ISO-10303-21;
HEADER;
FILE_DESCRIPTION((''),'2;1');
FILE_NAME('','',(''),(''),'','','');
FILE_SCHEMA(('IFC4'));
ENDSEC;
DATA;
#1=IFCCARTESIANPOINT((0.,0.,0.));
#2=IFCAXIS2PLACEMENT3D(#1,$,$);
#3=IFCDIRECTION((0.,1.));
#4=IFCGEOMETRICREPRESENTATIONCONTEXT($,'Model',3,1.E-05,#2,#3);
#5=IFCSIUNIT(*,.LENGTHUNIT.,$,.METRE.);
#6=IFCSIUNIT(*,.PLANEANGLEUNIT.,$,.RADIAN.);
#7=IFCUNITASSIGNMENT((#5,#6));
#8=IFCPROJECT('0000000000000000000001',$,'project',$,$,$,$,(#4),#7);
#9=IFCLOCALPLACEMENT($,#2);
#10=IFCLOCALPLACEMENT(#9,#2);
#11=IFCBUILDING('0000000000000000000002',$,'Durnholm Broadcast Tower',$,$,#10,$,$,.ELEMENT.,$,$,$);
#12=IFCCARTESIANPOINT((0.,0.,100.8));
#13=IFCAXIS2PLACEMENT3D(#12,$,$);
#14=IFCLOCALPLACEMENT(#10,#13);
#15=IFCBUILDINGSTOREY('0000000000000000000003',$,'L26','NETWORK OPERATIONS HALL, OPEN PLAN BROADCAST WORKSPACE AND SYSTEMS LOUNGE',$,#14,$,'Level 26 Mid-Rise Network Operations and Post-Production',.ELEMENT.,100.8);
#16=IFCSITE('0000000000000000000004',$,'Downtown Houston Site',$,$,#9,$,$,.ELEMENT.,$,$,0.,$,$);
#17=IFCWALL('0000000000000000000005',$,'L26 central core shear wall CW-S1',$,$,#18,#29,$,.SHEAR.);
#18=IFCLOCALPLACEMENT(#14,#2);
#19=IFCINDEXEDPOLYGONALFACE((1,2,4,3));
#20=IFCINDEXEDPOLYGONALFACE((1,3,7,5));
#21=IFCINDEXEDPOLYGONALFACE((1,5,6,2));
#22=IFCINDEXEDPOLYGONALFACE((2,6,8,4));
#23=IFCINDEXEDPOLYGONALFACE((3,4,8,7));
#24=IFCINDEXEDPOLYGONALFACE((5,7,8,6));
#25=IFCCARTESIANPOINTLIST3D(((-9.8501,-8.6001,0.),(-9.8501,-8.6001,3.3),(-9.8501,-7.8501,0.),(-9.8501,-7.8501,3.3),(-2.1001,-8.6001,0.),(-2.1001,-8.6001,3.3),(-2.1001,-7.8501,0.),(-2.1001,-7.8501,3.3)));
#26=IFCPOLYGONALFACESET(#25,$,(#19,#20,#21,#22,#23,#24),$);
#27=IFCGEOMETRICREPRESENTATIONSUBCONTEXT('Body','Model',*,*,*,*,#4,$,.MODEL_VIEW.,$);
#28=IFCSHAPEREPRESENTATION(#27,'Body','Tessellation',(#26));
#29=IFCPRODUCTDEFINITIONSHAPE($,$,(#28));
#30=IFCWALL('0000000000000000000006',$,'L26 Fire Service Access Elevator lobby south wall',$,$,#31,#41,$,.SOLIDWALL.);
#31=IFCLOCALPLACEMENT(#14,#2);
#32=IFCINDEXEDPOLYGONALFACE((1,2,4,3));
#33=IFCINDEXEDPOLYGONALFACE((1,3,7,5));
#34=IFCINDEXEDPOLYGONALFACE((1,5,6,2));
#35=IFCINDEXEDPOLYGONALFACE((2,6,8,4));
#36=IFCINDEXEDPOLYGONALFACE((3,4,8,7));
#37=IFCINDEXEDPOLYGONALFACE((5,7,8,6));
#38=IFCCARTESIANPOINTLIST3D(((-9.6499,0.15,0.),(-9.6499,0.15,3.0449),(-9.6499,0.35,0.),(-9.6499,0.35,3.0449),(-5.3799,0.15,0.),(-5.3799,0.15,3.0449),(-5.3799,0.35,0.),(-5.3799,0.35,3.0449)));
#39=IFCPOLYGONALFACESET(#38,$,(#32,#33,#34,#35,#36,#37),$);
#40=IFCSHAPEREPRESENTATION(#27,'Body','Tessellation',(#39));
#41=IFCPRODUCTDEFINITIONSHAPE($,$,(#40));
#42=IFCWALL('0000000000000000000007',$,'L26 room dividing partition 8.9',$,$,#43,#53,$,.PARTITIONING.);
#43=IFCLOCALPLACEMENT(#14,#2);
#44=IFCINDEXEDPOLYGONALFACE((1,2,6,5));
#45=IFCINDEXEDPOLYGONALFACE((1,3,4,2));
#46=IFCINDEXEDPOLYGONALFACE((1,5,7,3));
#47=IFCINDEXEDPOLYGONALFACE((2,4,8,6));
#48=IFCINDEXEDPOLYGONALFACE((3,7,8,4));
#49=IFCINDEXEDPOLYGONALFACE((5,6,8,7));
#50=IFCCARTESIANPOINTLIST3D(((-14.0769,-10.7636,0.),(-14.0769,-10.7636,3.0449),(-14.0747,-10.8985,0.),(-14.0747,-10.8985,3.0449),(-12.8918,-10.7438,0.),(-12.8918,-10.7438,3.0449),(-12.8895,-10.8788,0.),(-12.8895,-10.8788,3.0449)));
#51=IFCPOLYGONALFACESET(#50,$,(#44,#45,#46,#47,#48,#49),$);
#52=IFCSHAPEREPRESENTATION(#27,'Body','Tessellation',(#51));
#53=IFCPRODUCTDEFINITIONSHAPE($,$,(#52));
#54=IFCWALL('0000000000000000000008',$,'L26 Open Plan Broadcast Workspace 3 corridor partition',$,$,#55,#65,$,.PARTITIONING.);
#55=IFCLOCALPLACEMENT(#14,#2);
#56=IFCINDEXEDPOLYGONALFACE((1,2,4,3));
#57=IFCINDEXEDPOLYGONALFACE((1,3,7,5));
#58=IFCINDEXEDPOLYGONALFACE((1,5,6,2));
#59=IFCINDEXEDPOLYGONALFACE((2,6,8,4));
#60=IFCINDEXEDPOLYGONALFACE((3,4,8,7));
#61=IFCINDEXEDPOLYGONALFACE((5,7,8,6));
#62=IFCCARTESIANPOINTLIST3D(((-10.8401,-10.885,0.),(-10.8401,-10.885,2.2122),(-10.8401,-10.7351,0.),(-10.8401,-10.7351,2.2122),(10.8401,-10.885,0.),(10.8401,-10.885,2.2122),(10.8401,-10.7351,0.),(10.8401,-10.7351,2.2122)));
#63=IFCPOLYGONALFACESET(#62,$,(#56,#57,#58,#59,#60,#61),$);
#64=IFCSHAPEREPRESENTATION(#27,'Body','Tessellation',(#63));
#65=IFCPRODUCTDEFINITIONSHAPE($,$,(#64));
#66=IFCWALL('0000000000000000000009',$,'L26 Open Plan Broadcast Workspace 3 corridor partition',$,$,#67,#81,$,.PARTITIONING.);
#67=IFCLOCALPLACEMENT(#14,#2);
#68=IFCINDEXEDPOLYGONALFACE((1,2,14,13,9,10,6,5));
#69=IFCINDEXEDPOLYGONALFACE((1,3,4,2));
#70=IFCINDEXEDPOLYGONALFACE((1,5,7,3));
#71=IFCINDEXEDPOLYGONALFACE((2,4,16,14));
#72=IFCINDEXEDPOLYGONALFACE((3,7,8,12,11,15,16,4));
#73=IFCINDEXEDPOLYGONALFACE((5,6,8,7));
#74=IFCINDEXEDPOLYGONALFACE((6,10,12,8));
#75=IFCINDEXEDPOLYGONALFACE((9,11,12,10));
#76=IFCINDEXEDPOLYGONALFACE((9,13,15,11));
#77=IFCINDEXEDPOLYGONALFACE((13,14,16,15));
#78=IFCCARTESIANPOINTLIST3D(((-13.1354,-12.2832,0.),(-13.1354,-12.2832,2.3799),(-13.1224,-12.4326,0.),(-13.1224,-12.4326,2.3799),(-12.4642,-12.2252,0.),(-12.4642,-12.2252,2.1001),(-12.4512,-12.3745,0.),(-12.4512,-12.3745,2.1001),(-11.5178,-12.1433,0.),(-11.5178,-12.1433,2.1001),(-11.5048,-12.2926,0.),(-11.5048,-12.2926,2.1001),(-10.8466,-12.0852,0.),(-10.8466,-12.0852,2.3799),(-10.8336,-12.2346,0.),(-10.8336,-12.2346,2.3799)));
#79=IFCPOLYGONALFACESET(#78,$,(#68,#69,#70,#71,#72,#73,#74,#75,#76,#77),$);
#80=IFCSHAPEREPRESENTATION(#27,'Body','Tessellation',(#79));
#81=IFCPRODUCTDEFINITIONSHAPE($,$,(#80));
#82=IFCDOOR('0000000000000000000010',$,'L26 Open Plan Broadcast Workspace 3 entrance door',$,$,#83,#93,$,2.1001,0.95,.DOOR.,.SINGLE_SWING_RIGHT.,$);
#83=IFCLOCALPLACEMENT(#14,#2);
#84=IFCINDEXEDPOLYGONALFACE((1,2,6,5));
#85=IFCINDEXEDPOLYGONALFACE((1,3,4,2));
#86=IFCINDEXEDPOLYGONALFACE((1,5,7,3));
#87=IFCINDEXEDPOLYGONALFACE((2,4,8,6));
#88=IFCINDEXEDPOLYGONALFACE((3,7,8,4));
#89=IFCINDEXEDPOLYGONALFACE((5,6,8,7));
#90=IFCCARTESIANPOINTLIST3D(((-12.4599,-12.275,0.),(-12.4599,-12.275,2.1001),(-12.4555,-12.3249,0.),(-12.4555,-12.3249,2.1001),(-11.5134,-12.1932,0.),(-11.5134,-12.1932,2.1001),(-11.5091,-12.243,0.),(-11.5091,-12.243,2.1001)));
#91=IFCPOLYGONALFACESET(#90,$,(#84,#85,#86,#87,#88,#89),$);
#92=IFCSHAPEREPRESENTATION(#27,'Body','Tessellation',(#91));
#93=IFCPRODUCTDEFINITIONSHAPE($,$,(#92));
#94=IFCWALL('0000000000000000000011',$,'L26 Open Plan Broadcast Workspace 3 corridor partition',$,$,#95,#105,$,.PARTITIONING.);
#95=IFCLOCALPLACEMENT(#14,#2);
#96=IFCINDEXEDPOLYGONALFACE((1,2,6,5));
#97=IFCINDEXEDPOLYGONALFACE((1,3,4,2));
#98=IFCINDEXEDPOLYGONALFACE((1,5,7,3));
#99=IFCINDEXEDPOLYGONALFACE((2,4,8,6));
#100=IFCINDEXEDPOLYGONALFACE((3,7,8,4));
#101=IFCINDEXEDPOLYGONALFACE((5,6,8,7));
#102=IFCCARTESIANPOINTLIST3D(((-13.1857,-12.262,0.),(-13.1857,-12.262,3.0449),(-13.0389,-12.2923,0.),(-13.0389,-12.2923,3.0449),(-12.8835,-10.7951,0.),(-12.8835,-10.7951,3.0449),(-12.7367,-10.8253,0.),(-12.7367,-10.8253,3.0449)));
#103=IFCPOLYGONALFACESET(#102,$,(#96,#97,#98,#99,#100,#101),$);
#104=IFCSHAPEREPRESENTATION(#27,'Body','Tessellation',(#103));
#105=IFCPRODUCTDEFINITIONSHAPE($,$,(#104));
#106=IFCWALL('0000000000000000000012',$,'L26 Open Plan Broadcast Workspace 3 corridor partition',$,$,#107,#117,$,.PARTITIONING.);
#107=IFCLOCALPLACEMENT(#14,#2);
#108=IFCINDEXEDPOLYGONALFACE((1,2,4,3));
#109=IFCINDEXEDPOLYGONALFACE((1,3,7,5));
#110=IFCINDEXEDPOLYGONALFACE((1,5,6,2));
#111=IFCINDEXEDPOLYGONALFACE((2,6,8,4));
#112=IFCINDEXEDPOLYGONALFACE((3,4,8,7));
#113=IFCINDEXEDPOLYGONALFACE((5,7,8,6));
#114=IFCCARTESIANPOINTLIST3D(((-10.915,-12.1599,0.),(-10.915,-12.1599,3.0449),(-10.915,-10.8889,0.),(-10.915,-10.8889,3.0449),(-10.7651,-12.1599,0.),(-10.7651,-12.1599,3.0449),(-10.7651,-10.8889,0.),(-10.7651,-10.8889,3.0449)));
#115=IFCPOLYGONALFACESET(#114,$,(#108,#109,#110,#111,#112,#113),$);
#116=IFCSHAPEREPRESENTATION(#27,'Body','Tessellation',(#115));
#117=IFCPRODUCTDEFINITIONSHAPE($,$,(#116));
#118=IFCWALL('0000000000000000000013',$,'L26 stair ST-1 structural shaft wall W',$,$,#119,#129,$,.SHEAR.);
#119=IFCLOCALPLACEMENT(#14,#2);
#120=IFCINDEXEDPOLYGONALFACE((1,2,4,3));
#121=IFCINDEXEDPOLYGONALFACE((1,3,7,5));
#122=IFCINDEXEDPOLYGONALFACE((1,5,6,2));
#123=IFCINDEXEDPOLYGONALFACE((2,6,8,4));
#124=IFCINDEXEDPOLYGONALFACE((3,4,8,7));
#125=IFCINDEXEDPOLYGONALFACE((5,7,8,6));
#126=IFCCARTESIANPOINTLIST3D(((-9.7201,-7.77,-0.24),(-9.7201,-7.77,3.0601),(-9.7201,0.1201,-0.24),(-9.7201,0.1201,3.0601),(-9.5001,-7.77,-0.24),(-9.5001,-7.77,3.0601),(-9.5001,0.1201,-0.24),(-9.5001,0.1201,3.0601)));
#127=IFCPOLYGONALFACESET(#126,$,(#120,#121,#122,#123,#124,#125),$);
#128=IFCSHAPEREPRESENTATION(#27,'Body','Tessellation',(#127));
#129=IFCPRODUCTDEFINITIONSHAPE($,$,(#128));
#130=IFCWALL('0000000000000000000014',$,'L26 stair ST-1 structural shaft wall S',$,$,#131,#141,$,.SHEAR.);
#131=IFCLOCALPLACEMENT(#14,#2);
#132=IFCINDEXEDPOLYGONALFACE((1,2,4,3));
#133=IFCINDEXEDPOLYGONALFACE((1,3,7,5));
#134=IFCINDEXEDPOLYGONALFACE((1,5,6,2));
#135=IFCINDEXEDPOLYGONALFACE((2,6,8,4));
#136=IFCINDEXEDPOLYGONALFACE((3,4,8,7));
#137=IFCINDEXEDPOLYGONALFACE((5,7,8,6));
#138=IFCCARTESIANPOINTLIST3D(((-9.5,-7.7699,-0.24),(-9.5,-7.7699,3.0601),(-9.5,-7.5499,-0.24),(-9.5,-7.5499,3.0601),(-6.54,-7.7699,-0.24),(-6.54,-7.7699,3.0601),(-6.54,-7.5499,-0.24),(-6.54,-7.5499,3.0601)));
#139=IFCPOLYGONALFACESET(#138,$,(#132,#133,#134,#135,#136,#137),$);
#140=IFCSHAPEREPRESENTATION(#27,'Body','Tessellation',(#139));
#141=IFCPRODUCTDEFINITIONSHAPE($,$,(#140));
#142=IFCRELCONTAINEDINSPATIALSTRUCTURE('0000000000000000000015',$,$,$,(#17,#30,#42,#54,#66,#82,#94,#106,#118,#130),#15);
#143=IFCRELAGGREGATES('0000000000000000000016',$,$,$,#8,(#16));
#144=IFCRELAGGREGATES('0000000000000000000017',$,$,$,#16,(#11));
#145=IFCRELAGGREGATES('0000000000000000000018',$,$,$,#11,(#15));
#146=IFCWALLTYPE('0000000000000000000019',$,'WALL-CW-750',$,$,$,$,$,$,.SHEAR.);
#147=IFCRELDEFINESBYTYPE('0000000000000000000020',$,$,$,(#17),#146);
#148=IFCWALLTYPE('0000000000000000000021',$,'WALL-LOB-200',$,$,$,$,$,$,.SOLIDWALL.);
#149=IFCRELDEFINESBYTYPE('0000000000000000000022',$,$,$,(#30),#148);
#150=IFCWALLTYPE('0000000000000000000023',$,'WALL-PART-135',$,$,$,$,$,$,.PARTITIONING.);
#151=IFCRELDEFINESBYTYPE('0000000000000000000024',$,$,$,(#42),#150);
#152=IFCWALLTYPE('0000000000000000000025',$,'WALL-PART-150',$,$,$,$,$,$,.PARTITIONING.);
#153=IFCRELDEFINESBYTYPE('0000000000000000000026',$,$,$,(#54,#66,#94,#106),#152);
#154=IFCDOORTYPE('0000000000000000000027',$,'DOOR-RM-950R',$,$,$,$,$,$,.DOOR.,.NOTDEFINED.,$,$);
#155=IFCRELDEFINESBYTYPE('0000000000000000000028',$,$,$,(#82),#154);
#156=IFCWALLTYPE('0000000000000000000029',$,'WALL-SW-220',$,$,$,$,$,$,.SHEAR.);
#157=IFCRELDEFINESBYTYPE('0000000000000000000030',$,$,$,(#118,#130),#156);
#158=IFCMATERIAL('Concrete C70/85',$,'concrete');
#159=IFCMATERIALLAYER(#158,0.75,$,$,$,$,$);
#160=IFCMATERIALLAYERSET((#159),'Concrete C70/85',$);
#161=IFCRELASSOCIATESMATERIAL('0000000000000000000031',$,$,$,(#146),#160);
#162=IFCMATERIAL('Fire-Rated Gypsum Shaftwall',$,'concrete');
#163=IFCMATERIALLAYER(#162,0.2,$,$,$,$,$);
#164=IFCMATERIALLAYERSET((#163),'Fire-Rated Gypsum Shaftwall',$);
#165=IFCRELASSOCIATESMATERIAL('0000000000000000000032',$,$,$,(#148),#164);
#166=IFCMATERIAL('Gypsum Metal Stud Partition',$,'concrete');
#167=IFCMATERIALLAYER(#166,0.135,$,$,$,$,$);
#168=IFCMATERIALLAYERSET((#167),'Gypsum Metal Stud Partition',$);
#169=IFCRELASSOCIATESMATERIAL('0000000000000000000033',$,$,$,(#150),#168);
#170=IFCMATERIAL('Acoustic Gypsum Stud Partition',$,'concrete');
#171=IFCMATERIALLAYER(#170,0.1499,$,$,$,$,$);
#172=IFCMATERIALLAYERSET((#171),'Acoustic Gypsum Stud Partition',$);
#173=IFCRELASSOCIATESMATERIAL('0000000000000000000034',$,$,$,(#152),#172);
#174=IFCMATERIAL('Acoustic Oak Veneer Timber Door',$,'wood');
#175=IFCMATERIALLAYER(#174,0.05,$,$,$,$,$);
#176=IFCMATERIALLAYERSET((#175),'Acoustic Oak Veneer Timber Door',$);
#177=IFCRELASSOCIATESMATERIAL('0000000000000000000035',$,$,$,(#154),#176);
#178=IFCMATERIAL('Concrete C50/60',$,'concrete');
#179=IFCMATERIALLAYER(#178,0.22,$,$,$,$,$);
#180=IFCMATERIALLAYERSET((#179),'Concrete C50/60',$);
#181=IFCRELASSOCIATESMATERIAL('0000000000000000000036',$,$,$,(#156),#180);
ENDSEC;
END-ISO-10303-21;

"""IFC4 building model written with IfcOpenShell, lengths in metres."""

from ifc_helpers import new_model, si_unit, direction, frame, frame_2d, origin, place, context, subcontext, project, spatial, rectangle, extrude, source, transform, mapped, material, layer, layer_set, type_object, type_shapes, element, fill, save


model = new_model("IFC4")

# Units and contexts
model_context = context("Model", 3, precision=1e-05, world=origin(), true_north=direction((0.0, 1.0)))
body_context = subcontext(model_context, "Body", "Model", "MODEL_VIEW")
ifc_project = project(units=[si_unit("LENGTHUNIT", "METRE"), si_unit("PLANEANGLEUNIT", "RADIAN")], contexts=[model_context])

# Site, building, storey
site_placement = place(None, origin())
site = spatial("IfcSite", under=ifc_project, at=site_placement, Name="Downtown Houston Site", CompositionType="ELEMENT", RefElevation=0.0)
building_placement = place(site_placement, origin())
building = spatial("IfcBuilding", under=site, at=building_placement, Name="Durnholm Broadcast Tower", CompositionType="ELEMENT")
storey_placement = place(building_placement, frame((0.0, 0.0, 100.8)))
storey = spatial("IfcBuildingStorey", under=building, at=storey_placement, Name="L26", Description="NETWORK OPERATIONS HALL, OPEN PLAN BROADCAST WORKSPACE AND SYSTEMS LOUNGE", LongName="Level 26 Mid-Rise Network Operations and Post-Production", CompositionType="ELEMENT", Elevation=100.8)

# Shared definitions
ifc_material_1 = material(Name="Concrete C70/85", Category="concrete")

# Walls
ifc_layer_1 = layer(ifc_material_1, 0.75)
ifc_layer_set_1 = layer_set([ifc_layer_1], Name="Concrete C70/85")
wall_type_1 = type_object("IfcWallType", Name="WALL-CW-750", PredefinedType="SHEAR", material=ifc_layer_set_1)
wall_1_placement = place(storey_placement, frame((-9.8501, -8.2251, 0.0), z_axis=(0.0, 0.0, 1.0), x_axis=(1.0, 0.0, 0.0)))
element("IfcWall", 1, at=wall_1_placement, inside=storey, type_object=wall_type_1, Name="L26 central core shear wall CW-S1", PredefinedType="SHEAR", context=body_context, shape_type="SweptSolid", body=[
    extrude(rectangle(XDim=7.75, YDim=0.75, at=frame_2d((3.875, 0.0))), origin(), (0.0, 0.0, 1.0), 3.3),
])
ifc_material_2 = material(Name="Fire-Rated Gypsum Shaftwall", Category="concrete")
ifc_layer_2 = layer(ifc_material_2, 0.2)
ifc_layer_set_2 = layer_set([ifc_layer_2], Name="Fire-Rated Gypsum Shaftwall")
wall_type_2 = type_object("IfcWallType", Name="WALL-LOB-200", PredefinedType="SOLIDWALL", material=ifc_layer_set_2)
wall_2_placement = place(storey_placement, frame((-9.6499, 0.25, 0.0), z_axis=(0.0, 0.0, 1.0), x_axis=(1.0, 0.0, 0.0)))
element("IfcWall", 2, at=wall_2_placement, inside=storey, type_object=wall_type_2, Name="L26 Fire Service Access Elevator lobby south wall", PredefinedType="SOLIDWALL", context=body_context, shape_type="SweptSolid", body=[
    extrude(rectangle(XDim=4.27, YDim=0.2, at=frame_2d((2.135, 0.0))), origin(), (0.0, 0.0, 1.0), 3.0449),
])
ifc_material_3 = material(Name="Gypsum Metal Stud Partition", Category="concrete")
ifc_layer_3 = layer(ifc_material_3, 0.135)
ifc_layer_set_3 = layer_set([ifc_layer_3], Name="Gypsum Metal Stud Partition")
wall_type_3 = type_object("IfcWallType", Name="WALL-PART-135", PredefinedType="PARTITIONING", material=ifc_layer_set_3)
wall_3_placement = place(storey_placement, frame((-14.0759, -10.8311, 0.0), z_axis=(0.0, 0.0, 1.0), x_axis=(0.999861, 0.016685, 0.0)))
element("IfcWall", 3, at=wall_3_placement, inside=storey, type_object=wall_type_3, Name="L26 room dividing partition 8.9", PredefinedType="PARTITIONING", context=body_context, shape_type="SweptSolid", body=[
    extrude(rectangle(XDim=1.1853, YDim=0.135, at=frame_2d((0.5928, 0.0))), origin(), (0.0, 0.0, 1.0), 3.0449),
])
ifc_material_4 = material(Name="Acoustic Gypsum Stud Partition", Category="concrete")
ifc_layer_4 = layer(ifc_material_4, 0.1499)
ifc_layer_set_4 = layer_set([ifc_layer_4], Name="Acoustic Gypsum Stud Partition")
wall_type_4 = type_object("IfcWallType", Name="WALL-PART-150", PredefinedType="PARTITIONING", material=ifc_layer_set_4)
wall_4_placement = place(storey_placement, frame((-10.8401, -10.8101, 0.0), z_axis=(0.0, 0.0, 1.0), x_axis=(1.0, 0.0, 0.0)))
element("IfcWall", 4, at=wall_4_placement, inside=storey, type_object=wall_type_4, Name="L26 Open Plan Broadcast Workspace 3 corridor partition", PredefinedType="PARTITIONING", context=body_context, shape_type="SweptSolid", body=[
    extrude(rectangle(XDim=21.6802, YDim=0.1499, at=frame_2d((10.8401, 0.0))), origin(), (0.0, 0.0, 1.0), 2.2122),
])

# Wall, opening, door
wall_5_placement = place(storey_placement, frame((-13.1289, -12.3579, 0.0), z_axis=(0.0, 0.0, 1.0), x_axis=(0.996279, 0.086185, 0.0)))
wall_5 = element("IfcWall", 5, at=wall_5_placement, inside=storey, type_object=wall_type_4, Name="L26 Open Plan Broadcast Workspace 3 corridor partition", PredefinedType="PARTITIONING", context=body_context, shape_type="SweptSolid", body=[
    extrude(rectangle(XDim=2.2974, YDim=0.1499, at=frame_2d((1.1487, 0.0))), origin(), (0.0, 0.0, 1.0), 2.3799),
])
opening_placement = place(wall_5_placement, frame((0.6736, 0.0, 0.0)))
opening = element("IfcOpeningElement", 6, at=opening_placement, cuts=wall_5, PredefinedType="OPENING", context=body_context, shape_type="SweptSolid", body=[
    extrude(rectangle(XDim=0.95, YDim=2.1001, at=frame_2d((0.4751, 1.05))), frame((0.0, 0.085, 0.0), z_axis=(0.0, -1.0, 0.0), x_axis=(1.0, 0.0, 0.0)), (0.0, 0.0, 1.0), 0.1699),
])
ifc_material_5 = material(Name="Acoustic Oak Veneer Timber Door", Category="wood")
ifc_layer_5 = layer(ifc_material_5, 0.05)
ifc_layer_set_5 = layer_set([ifc_layer_5], Name="Acoustic Oak Veneer Timber Door")
door_type = type_object("IfcDoorType", Name="DOOR-RM-950R", OperationType="NOTDEFINED", PredefinedType="DOOR", material=ifc_layer_set_5)
shared_shape_1 = source(origin(), body_context, "Body", "SweptSolid", [
    extrude(rectangle(XDim=0.95, YDim=2.1001, at=frame_2d((0.4751, 1.05))), frame((0.0, 0.0249, 0.0), z_axis=(0.0, -1.0, 0.0), x_axis=(1.0, 0.0, 0.0)), (0.0, 0.0, 1.0), 0.05),
])
type_shapes(door_type, [shared_shape_1])
door_placement = place(opening_placement, origin())
door = element("IfcDoor", 7, at=door_placement, inside=storey, type_object=door_type, Name="L26 Open Plan Broadcast Workspace 3 entrance door", OperationType="SINGLE_SWING_RIGHT", OverallHeight=2.1001, OverallWidth=0.95, PredefinedType="DOOR", context=body_context, shape_type="MappedRepresentation", body=[
    mapped(shared_shape_1, transform((0.0, 0.0, 0.0), x_axis=(1.0, 0.0, 0.0), y_axis=(0.0, 1.0, 0.0), z_axis=(0.0, 0.0, 1.0), scale=1.0)),
])
fill(opening, door)

# Walls
wall_6_placement = place(storey_placement, frame((-12.8101, -10.8101, 0.0), z_axis=(0.0, 0.0, 1.0), x_axis=(-0.201786, -0.97943, 0.0)))
element("IfcWall", 8, at=wall_6_placement, inside=storey, type_object=wall_type_4, Name="L26 Open Plan Broadcast Workspace 3 corridor partition", PredefinedType="PARTITIONING", context=body_context, shape_type="SweptSolid", body=[
    extrude(rectangle(XDim=1.4978, YDim=0.1499, at=frame_2d((0.749, 0.0))), origin(), (0.0, 0.0, 1.0), 3.0449),
])
wall_7_placement = place(storey_placement, frame((-10.8401, -12.1599, 0.0), z_axis=(0.0, 0.0, 1.0), x_axis=(0.0, 1.0, 0.0)))
element("IfcWall", 9, at=wall_7_placement, inside=storey, type_object=wall_type_4, Name="L26 Open Plan Broadcast Workspace 3 corridor partition", PredefinedType="PARTITIONING", context=body_context, shape_type="SweptSolid", body=[
    extrude(rectangle(XDim=1.271, YDim=0.1499, at=frame_2d((0.6355, 0.0))), origin(), (0.0, 0.0, 1.0), 3.0449),
])
ifc_material_6 = material(Name="Concrete C50/60", Category="concrete")
ifc_layer_6 = layer(ifc_material_6, 0.22)
ifc_layer_set_6 = layer_set([ifc_layer_6], Name="Concrete C50/60")
wall_type_5 = type_object("IfcWallType", Name="WALL-SW-220", PredefinedType="SHEAR", material=ifc_layer_set_6)
wall_8_placement = place(storey_placement, frame((-9.6101, 0.1201, -0.24), z_axis=(0.0, 0.0, 1.0), x_axis=(0.0, -1.0, 0.0)))
element("IfcWall", 10, at=wall_8_placement, inside=storey, type_object=wall_type_5, Name="L26 stair ST-1 structural shaft wall W", PredefinedType="SHEAR", context=body_context, shape_type="SweptSolid", body=[
    extrude(rectangle(XDim=7.8901, YDim=0.22, at=frame_2d((3.9451, 0.0))), origin(), (0.0, 0.0, 1.0), 3.3),
])
wall_9_placement = place(storey_placement, frame((-9.5, -7.6599, -0.24), z_axis=(0.0, 0.0, 1.0), x_axis=(1.0, 0.0, 0.0)))
element("IfcWall", 11, at=wall_9_placement, inside=storey, type_object=wall_type_5, Name="L26 stair ST-1 structural shaft wall S", PredefinedType="SHEAR", context=body_context, shape_type="SweptSolid", body=[
    extrude(rectangle(XDim=2.96, YDim=0.22, at=frame_2d((1.48, 0.0))), origin(), (0.0, 0.0, 1.0), 3.3),
])

save(model, "model.ifc")
